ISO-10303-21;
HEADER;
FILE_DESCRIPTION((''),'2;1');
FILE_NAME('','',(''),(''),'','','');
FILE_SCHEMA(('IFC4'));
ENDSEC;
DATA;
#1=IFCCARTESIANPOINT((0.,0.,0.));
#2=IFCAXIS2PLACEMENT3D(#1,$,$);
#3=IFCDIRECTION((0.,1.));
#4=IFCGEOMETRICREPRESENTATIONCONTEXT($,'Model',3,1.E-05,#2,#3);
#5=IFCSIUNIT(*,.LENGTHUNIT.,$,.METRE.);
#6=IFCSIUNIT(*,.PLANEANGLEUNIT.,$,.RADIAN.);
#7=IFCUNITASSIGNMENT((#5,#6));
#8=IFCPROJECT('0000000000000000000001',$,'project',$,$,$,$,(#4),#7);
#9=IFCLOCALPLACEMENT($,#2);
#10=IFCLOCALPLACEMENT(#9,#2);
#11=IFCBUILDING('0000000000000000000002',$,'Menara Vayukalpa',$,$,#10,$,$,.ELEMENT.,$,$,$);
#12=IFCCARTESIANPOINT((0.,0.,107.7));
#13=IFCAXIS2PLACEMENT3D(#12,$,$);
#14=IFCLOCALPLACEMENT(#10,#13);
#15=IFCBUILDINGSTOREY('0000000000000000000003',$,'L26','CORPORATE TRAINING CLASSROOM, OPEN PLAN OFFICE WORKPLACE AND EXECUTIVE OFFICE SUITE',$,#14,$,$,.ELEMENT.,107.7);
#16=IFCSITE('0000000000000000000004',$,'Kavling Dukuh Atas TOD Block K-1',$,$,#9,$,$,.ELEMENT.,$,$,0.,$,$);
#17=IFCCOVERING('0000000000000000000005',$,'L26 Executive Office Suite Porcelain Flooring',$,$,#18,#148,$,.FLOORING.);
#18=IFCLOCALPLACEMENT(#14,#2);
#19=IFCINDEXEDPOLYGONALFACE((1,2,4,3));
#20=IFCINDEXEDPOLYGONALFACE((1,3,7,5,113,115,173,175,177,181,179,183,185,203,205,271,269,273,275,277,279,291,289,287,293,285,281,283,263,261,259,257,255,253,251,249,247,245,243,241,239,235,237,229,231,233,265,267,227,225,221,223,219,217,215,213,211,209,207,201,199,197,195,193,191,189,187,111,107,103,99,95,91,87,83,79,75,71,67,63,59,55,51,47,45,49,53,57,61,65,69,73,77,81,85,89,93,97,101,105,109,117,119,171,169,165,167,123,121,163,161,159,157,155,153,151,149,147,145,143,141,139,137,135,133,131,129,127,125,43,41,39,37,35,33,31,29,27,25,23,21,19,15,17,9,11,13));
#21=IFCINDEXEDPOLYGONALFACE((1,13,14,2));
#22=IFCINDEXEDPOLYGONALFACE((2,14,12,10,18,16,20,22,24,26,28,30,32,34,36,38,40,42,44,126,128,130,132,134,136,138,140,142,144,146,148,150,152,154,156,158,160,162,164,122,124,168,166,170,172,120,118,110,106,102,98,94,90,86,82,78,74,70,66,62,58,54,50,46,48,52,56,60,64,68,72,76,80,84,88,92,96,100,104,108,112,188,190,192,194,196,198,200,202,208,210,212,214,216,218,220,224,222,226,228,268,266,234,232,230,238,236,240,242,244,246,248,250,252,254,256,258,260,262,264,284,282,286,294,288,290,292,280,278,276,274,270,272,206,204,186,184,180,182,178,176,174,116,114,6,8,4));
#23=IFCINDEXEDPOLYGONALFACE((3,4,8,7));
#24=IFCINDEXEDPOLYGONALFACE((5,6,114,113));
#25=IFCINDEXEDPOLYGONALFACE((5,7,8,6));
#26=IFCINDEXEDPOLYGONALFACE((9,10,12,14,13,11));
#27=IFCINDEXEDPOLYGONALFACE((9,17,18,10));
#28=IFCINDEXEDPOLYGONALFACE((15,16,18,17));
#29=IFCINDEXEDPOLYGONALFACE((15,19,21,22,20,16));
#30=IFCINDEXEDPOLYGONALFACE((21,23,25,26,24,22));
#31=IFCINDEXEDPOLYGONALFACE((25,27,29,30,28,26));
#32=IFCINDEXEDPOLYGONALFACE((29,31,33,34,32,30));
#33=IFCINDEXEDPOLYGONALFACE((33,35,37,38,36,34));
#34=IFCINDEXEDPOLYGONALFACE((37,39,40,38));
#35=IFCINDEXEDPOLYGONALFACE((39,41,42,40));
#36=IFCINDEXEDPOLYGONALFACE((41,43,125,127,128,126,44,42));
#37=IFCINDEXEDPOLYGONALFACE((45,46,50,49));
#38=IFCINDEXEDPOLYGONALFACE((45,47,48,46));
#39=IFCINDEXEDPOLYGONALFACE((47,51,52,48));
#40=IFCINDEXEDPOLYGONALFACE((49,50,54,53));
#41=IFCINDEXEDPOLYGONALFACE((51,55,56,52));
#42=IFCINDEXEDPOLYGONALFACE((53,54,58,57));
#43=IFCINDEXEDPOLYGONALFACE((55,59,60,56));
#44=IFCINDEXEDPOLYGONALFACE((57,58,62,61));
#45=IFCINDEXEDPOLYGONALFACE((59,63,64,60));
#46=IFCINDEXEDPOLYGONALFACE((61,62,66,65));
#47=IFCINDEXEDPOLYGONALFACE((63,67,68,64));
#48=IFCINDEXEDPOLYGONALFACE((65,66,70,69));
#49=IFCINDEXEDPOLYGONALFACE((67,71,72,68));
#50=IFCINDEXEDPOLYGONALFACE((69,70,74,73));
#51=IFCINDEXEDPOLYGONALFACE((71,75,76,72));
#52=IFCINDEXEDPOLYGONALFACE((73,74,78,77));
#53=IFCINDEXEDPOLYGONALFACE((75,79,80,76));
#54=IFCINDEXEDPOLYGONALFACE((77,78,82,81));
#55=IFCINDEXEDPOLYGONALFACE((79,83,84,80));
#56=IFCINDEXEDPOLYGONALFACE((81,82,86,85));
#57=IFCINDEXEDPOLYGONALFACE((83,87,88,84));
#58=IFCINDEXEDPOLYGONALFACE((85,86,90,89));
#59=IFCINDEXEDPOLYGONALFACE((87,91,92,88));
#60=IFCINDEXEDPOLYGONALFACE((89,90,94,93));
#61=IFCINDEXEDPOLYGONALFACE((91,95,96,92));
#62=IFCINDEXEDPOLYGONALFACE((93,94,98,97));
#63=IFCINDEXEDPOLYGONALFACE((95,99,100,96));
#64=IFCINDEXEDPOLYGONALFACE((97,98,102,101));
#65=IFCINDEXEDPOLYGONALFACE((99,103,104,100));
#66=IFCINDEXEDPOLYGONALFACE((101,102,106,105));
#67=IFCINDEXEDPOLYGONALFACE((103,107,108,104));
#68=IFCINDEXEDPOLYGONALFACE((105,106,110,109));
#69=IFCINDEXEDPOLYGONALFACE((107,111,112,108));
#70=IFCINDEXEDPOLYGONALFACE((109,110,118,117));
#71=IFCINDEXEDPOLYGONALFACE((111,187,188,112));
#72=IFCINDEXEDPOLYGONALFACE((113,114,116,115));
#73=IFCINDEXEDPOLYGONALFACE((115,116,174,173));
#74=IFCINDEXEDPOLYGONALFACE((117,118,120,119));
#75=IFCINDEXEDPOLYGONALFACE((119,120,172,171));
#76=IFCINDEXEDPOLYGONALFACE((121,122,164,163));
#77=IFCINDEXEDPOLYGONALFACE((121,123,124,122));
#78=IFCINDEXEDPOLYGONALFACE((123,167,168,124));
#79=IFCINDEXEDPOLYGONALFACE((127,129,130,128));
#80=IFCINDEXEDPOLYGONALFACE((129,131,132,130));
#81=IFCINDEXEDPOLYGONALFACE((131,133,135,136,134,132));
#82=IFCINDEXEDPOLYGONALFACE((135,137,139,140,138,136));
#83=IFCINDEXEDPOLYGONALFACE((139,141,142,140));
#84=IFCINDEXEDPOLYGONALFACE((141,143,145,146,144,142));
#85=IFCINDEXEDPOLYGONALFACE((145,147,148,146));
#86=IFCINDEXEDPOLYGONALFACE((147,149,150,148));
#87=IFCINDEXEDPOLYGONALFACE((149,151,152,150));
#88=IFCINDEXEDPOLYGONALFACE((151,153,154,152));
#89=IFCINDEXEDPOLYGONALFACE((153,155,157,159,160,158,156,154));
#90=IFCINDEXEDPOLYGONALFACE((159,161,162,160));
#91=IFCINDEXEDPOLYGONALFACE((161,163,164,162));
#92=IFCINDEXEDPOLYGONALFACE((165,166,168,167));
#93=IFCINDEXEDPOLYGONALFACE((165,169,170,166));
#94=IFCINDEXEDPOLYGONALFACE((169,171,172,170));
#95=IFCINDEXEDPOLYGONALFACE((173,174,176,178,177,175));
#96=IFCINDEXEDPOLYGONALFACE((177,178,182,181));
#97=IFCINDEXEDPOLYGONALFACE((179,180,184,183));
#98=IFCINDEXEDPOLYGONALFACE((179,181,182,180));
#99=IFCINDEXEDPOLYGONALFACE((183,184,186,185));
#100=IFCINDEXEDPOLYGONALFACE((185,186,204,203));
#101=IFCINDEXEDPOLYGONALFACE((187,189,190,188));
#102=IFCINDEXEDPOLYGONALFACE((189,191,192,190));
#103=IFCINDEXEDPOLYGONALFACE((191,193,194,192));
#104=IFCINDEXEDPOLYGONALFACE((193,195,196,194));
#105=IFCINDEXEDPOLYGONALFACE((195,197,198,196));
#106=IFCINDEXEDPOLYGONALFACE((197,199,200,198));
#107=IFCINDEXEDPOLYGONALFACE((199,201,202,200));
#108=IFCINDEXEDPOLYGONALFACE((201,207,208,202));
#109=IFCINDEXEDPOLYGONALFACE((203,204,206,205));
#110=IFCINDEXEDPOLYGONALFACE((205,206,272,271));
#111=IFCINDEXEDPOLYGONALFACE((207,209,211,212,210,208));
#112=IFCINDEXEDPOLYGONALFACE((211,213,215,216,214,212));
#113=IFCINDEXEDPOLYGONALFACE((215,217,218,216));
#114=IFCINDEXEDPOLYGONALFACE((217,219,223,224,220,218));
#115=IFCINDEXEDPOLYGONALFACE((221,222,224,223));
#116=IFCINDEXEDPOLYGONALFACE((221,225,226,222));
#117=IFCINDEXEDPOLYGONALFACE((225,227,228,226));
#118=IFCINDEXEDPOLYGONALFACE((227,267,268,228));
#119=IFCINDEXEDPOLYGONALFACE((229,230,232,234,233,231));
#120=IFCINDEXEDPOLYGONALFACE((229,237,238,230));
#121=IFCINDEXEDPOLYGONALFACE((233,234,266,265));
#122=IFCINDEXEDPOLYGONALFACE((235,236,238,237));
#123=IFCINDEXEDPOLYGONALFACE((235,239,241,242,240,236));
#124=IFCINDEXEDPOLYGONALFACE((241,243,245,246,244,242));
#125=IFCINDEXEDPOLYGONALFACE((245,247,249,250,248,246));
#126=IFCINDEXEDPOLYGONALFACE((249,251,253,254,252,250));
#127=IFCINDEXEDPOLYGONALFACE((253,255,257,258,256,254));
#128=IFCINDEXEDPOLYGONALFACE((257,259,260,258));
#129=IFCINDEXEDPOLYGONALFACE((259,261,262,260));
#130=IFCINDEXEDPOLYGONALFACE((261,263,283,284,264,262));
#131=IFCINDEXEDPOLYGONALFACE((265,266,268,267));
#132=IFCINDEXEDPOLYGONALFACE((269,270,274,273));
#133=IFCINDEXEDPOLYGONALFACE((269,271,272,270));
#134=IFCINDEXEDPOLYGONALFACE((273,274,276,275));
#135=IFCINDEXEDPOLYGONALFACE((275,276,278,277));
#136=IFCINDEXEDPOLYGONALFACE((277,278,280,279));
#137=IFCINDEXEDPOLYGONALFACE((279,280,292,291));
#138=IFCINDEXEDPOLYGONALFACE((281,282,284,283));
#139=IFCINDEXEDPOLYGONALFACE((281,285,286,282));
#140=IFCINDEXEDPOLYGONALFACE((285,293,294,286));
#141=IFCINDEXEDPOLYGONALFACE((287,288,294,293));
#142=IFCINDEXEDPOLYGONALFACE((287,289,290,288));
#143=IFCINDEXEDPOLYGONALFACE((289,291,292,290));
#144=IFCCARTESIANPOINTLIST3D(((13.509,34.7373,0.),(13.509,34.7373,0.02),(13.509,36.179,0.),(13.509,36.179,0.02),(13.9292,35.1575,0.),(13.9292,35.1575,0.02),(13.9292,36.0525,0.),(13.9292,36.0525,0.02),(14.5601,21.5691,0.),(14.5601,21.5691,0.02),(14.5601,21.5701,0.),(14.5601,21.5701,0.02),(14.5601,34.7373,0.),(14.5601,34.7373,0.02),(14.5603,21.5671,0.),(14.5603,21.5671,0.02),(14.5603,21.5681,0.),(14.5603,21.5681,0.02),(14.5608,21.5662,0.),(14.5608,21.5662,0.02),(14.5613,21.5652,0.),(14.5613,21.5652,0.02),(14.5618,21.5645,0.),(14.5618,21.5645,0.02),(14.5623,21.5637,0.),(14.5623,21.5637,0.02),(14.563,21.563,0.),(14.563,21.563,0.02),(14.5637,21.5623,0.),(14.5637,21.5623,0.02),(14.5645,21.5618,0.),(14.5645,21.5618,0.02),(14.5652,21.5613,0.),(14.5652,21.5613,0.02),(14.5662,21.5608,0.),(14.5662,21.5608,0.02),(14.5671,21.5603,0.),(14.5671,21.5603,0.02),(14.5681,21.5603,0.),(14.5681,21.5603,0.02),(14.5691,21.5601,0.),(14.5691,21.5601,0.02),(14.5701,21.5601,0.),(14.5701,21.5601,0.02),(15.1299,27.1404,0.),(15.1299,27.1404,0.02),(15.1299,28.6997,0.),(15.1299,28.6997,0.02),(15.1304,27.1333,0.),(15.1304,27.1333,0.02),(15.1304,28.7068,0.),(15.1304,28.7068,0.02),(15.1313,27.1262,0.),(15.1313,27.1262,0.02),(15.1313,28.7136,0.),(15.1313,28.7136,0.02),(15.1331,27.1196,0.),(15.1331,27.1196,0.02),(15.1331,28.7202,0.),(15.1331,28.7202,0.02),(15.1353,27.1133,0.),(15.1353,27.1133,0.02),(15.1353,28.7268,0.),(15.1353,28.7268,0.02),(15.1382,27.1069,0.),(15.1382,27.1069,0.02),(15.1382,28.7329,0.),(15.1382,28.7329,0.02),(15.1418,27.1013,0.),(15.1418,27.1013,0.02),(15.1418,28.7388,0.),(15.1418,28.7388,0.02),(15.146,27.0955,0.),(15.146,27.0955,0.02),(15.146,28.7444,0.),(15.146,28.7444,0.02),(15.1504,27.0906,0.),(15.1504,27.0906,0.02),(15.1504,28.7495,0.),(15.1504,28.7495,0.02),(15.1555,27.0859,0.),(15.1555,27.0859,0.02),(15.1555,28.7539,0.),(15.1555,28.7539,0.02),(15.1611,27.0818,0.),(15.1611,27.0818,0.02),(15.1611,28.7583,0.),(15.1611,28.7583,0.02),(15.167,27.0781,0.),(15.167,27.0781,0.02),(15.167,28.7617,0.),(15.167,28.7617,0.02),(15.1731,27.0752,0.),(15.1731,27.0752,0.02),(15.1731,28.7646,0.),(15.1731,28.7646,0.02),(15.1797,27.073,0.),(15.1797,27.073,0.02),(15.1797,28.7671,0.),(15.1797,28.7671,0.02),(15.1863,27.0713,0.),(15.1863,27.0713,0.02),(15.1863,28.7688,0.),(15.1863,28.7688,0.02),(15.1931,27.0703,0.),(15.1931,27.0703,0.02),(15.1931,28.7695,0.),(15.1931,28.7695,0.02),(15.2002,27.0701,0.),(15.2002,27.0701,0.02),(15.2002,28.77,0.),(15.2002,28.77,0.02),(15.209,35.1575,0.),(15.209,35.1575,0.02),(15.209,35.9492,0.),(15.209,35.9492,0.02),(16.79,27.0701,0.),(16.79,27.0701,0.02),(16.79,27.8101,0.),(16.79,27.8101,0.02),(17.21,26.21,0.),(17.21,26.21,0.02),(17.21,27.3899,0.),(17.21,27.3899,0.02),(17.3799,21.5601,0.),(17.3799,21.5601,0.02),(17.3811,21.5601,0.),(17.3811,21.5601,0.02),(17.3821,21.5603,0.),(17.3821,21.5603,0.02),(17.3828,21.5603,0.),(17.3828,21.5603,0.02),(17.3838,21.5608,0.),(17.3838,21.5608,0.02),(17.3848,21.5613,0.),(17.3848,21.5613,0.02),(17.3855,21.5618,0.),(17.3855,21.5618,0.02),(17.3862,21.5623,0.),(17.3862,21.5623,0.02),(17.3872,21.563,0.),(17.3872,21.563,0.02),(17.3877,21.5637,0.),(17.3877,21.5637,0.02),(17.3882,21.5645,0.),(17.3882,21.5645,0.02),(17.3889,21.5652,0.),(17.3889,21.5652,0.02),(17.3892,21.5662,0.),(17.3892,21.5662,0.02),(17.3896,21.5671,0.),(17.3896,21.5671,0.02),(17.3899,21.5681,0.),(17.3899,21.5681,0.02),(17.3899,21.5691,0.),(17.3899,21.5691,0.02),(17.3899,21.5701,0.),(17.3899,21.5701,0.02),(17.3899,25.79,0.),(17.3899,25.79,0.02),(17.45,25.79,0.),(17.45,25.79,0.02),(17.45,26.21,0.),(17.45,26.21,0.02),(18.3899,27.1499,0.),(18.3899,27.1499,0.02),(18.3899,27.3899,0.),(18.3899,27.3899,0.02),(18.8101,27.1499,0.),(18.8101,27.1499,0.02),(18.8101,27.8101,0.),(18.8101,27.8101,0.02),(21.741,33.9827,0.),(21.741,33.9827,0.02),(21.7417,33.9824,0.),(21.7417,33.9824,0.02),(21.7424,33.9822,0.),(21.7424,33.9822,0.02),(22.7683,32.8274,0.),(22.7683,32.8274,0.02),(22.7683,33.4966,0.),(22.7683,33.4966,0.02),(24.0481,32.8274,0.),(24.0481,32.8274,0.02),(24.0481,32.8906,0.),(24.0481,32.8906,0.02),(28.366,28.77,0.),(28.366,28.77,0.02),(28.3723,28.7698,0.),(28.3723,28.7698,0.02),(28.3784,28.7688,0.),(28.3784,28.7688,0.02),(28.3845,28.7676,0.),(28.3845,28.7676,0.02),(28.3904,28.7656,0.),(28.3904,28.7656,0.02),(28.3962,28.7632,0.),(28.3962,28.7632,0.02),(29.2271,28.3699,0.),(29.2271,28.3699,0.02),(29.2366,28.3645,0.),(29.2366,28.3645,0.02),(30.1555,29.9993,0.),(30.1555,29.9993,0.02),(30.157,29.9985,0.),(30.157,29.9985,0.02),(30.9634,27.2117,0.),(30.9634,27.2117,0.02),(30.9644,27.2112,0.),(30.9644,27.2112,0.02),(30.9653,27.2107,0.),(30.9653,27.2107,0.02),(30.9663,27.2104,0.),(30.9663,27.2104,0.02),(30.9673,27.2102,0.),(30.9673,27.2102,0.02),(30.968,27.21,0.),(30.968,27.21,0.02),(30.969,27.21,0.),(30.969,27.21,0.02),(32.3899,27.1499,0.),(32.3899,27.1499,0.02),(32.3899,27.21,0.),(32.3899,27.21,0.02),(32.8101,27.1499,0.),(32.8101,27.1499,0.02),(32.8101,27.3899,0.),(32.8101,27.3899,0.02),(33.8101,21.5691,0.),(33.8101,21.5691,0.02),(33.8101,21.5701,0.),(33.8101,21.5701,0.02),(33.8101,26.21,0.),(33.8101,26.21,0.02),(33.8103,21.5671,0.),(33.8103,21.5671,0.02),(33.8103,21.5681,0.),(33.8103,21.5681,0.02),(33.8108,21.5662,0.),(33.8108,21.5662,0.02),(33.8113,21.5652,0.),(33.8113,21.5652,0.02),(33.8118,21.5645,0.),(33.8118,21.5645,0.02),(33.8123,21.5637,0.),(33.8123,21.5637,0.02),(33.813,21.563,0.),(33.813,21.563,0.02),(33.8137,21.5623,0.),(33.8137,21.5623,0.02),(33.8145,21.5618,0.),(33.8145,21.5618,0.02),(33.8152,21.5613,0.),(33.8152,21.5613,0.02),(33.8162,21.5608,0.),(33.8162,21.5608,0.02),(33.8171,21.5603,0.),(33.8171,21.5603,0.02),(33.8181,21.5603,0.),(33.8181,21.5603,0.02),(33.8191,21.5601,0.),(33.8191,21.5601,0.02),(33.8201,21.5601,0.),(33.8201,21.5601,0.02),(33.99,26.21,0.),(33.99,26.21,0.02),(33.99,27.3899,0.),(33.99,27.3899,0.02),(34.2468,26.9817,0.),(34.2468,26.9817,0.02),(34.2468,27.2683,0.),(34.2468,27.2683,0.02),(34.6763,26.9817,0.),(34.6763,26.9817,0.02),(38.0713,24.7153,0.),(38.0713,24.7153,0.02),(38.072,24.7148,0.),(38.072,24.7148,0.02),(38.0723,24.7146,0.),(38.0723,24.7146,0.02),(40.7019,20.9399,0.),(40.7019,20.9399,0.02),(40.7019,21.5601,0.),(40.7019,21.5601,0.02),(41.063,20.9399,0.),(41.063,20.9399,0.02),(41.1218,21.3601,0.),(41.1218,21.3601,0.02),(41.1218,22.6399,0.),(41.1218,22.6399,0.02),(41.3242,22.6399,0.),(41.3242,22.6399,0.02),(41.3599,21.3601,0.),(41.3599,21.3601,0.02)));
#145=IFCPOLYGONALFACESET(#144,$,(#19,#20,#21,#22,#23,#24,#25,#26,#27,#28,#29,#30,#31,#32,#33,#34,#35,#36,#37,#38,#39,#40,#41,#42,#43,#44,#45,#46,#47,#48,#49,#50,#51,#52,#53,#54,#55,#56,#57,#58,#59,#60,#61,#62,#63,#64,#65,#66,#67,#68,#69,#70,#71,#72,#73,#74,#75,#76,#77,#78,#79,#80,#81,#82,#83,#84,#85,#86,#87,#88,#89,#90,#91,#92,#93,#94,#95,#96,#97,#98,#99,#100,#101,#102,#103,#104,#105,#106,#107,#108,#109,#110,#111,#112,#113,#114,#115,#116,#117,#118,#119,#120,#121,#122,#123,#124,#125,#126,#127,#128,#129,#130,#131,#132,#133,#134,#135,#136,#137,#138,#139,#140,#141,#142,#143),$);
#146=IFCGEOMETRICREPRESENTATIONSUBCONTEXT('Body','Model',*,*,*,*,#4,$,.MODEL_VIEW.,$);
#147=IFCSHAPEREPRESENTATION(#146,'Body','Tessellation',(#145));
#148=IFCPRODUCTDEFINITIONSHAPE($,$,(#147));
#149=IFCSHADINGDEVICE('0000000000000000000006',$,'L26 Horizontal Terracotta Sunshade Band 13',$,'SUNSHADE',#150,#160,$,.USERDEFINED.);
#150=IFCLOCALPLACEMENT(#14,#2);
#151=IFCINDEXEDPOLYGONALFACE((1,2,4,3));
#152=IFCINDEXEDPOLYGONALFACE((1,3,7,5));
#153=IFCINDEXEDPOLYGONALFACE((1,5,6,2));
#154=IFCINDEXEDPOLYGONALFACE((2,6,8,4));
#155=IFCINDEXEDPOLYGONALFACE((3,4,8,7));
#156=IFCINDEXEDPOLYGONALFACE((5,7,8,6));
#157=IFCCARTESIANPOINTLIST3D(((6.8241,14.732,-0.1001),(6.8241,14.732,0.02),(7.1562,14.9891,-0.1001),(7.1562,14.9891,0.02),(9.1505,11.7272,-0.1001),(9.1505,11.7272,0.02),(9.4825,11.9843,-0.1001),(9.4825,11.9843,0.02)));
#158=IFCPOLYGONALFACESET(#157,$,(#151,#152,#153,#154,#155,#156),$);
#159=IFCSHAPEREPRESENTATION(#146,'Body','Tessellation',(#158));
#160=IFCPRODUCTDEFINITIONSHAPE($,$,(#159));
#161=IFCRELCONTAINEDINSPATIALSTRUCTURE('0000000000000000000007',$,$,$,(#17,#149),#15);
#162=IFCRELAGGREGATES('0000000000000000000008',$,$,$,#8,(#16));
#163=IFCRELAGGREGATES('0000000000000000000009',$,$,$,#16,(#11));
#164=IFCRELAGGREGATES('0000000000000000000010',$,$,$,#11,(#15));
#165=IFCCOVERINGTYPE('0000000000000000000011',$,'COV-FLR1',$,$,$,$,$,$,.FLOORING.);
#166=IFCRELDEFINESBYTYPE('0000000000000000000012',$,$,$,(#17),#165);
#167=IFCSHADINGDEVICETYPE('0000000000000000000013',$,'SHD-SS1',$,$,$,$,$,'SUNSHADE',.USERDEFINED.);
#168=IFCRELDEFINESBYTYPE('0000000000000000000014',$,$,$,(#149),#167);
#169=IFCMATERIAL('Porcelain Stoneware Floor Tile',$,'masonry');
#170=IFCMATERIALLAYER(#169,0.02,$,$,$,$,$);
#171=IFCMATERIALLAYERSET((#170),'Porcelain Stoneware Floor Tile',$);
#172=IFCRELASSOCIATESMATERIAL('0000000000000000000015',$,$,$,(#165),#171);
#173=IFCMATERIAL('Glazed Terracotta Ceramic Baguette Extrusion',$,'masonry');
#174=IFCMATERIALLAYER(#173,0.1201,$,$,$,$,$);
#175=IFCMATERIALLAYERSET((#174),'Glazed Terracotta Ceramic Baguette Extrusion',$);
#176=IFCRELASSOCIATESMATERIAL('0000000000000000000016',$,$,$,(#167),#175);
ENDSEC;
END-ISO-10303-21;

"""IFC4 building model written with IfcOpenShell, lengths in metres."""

from ifc_helpers import new_model, si_unit, direction, frame, origin, origin_2d, place, context, subcontext, project, spatial, polyline, rectangle, outline, extrude, material, layer, layer_set, type_object, element, save


model = new_model("IFC4")

# Units and contexts
model_context = context("Model", 3, precision=1e-05, world=origin(), true_north=direction((0.0, 1.0)))
body_context = subcontext(model_context, "Body", "Model", "MODEL_VIEW")
ifc_project = project(units=[si_unit("LENGTHUNIT", "METRE"), si_unit("PLANEANGLEUNIT", "RADIAN")], contexts=[model_context])

# Site, building, storey
site_placement = place(None, origin())
site = spatial("IfcSite", under=ifc_project, at=site_placement, Name="Kavling Dukuh Atas TOD Block K-1", CompositionType="ELEMENT", RefElevation=0.0)
building_placement = place(site_placement, origin())
building = spatial("IfcBuilding", under=site, at=building_placement, Name="Menara Vayukalpa", CompositionType="ELEMENT")
storey_placement = place(building_placement, frame((0.0, 0.0, 107.7)))
storey = spatial("IfcBuildingStorey", under=building, at=storey_placement, Name="L26", Description="CORPORATE TRAINING CLASSROOM, OPEN PLAN OFFICE WORKPLACE AND EXECUTIVE OFFICE SUITE", CompositionType="ELEMENT", Elevation=107.7)

# Covering
ifc_material_1 = material(Name="Porcelain Stoneware Floor Tile", Category="masonry")
ifc_layer_1 = layer(ifc_material_1, 0.02)
ifc_layer_set_1 = layer_set([ifc_layer_1], Name="Porcelain Stoneware Floor Tile")
covering_type_1 = type_object("IfcCoveringType", Name="COV-FLR1", PredefinedType="FLOORING", material=ifc_layer_set_1)
covering_1_placement = place(storey_placement, origin())
element("IfcCovering", 1, at=covering_1_placement, inside=storey, type_object=covering_type_1, Name="L26 Executive Office Suite Porcelain Flooring", PredefinedType="FLOORING", context=body_context, shape_type="SweptSolid", body=[
    extrude(outline(polyline([(40.7019, 20.9399), (40.7019, 21.5601), (33.8201, 21.5601), (33.8191, 21.5601), (33.8181, 21.5603), (33.8171, 21.5603), (33.8162, 21.5608), (33.8152, 21.5613), (33.8145, 21.5618), (33.8137, 21.5623), (33.813, 21.563), (33.8123, 21.5637), (33.8118, 21.5645), (33.8113, 21.5652), (33.8108, 21.5662), (33.8103, 21.5671), (33.8103, 21.5681), (33.8101, 21.5691), (33.8101, 21.5701), (33.8101, 26.21), (33.99, 26.21), (33.99, 27.3899), (32.8101, 27.3899), (32.8101, 27.1499), (32.3899, 27.1499), (32.3899, 27.21), (30.969, 27.21), (30.968, 27.21), (30.9673, 27.2102), (30.9663, 27.2104), (30.9653, 27.2107), (30.9644, 27.2112), (30.9634, 27.2117), (29.2366, 28.3645), (29.2271, 28.3699), (28.3962, 28.7632), (28.3904, 28.7656), (28.3845, 28.7676), (28.3784, 28.7688), (28.3723, 28.7698), (28.366, 28.77), (15.2002, 28.77), (15.1931, 28.7695), (15.1863, 28.7688), (15.1797, 28.7671), (15.1731, 28.7646), (15.167, 28.7617), (15.1611, 28.7583), (15.1555, 28.7539), (15.1504, 28.7495), (15.146, 28.7444), (15.1418, 28.7388), (15.1382, 28.7329), (15.1353, 28.7268), (15.1331, 28.7202), (15.1313, 28.7136), (15.1304, 28.7068), (15.1299, 28.6997), (15.1299, 27.1404), (15.1304, 27.1333), (15.1313, 27.1262), (15.1331, 27.1196), (15.1353, 27.1133), (15.1382, 27.1069), (15.1418, 27.1013), (15.146, 27.0955), (15.1504, 27.0906), (15.1555, 27.0859), (15.1611, 27.0818), (15.167, 27.0781), (15.1731, 27.0752), (15.1797, 27.073), (15.1863, 27.0713), (15.1931, 27.0703), (15.2002, 27.0701), (16.79, 27.0701), (16.79, 27.8101), (18.8101, 27.8101), (18.8101, 27.1499), (18.3899, 27.1499), (18.3899, 27.3899), (17.21, 27.3899), (17.21, 26.21), (17.45, 26.21), (17.45, 25.79), (17.3899, 25.79), (17.3899, 21.5701), (17.3899, 21.5691), (17.3899, 21.5681), (17.3896, 21.5671), (17.3892, 21.5662), (17.3889, 21.5652), (17.3882, 21.5645), (17.3877, 21.5637), (17.3872, 21.563), (17.3862, 21.5623), (17.3855, 21.5618), (17.3848, 21.5613), (17.3838, 21.5608), (17.3828, 21.5603), (17.3821, 21.5603), (17.3811, 21.5601), (17.3799, 21.5601), (14.5701, 21.5601), (14.5691, 21.5601), (14.5681, 21.5603), (14.5671, 21.5603), (14.5662, 21.5608), (14.5652, 21.5613), (14.5645, 21.5618), (14.5637, 21.5623), (14.563, 21.563), (14.5623, 21.5637), (14.5618, 21.5645), (14.5613, 21.5652), (14.5608, 21.5662), (14.5603, 21.5671), (14.5603, 21.5681), (14.5601, 21.5691), (14.5601, 21.5701), (14.5601, 34.7373), (13.509, 34.7373), (13.509, 36.179), (13.9292, 36.0525), (13.9292, 35.1575), (15.209, 35.1575), (15.209, 35.9492), (21.741, 33.9827), (21.7417, 33.9824), (21.7424, 33.9822), (22.7683, 33.4966), (22.7683, 32.8274), (24.0481, 32.8274), (24.0481, 32.8906), (30.1555, 29.9993), (30.157, 29.9985), (34.2468, 27.2683), (34.2468, 26.9817), (34.6763, 26.9817), (38.0713, 24.7153), (38.072, 24.7148), (38.0723, 24.7146), (41.3242, 22.6399), (41.1218, 22.6399), (41.1218, 21.3601), (41.3599, 21.3601), (41.063, 20.9399), (40.7019, 20.9399)])), origin(), (0.0, 0.0, 1.0), 0.02),
])

# Shading device
ifc_material_2 = material(Name="Glazed Terracotta Ceramic Baguette Extrusion", Category="masonry")
ifc_layer_2 = layer(ifc_material_2, 0.1201)
ifc_layer_set_2 = layer_set([ifc_layer_2], Name="Glazed Terracotta Ceramic Baguette Extrusion")
shading_device_type = type_object("IfcShadingDeviceType", Name="SHD-SS1", ElementType="SUNSHADE", PredefinedType="USERDEFINED", material=ifc_layer_set_2)
shading_device_placement = place(storey_placement, frame((8.1533, 13.3582, -0.1001), z_axis=(0.0, 0.0, 1.0), x_axis=(0.61219, -0.790711, 0.0)))
element("IfcShadingDevice", 2, at=shading_device_placement, inside=storey, type_object=shading_device_type, Name="L26 Horizontal Terracotta Sunshade Band 13", ObjectType="SUNSHADE", PredefinedType="USERDEFINED", context=body_context, shape_type="SweptSolid", body=[
    extrude(rectangle(XDim=3.8, YDim=0.4199, at=origin_2d()), origin(), (0.0, 0.0, 1.0), 0.1201),
])

save(model, "model.ifc")
